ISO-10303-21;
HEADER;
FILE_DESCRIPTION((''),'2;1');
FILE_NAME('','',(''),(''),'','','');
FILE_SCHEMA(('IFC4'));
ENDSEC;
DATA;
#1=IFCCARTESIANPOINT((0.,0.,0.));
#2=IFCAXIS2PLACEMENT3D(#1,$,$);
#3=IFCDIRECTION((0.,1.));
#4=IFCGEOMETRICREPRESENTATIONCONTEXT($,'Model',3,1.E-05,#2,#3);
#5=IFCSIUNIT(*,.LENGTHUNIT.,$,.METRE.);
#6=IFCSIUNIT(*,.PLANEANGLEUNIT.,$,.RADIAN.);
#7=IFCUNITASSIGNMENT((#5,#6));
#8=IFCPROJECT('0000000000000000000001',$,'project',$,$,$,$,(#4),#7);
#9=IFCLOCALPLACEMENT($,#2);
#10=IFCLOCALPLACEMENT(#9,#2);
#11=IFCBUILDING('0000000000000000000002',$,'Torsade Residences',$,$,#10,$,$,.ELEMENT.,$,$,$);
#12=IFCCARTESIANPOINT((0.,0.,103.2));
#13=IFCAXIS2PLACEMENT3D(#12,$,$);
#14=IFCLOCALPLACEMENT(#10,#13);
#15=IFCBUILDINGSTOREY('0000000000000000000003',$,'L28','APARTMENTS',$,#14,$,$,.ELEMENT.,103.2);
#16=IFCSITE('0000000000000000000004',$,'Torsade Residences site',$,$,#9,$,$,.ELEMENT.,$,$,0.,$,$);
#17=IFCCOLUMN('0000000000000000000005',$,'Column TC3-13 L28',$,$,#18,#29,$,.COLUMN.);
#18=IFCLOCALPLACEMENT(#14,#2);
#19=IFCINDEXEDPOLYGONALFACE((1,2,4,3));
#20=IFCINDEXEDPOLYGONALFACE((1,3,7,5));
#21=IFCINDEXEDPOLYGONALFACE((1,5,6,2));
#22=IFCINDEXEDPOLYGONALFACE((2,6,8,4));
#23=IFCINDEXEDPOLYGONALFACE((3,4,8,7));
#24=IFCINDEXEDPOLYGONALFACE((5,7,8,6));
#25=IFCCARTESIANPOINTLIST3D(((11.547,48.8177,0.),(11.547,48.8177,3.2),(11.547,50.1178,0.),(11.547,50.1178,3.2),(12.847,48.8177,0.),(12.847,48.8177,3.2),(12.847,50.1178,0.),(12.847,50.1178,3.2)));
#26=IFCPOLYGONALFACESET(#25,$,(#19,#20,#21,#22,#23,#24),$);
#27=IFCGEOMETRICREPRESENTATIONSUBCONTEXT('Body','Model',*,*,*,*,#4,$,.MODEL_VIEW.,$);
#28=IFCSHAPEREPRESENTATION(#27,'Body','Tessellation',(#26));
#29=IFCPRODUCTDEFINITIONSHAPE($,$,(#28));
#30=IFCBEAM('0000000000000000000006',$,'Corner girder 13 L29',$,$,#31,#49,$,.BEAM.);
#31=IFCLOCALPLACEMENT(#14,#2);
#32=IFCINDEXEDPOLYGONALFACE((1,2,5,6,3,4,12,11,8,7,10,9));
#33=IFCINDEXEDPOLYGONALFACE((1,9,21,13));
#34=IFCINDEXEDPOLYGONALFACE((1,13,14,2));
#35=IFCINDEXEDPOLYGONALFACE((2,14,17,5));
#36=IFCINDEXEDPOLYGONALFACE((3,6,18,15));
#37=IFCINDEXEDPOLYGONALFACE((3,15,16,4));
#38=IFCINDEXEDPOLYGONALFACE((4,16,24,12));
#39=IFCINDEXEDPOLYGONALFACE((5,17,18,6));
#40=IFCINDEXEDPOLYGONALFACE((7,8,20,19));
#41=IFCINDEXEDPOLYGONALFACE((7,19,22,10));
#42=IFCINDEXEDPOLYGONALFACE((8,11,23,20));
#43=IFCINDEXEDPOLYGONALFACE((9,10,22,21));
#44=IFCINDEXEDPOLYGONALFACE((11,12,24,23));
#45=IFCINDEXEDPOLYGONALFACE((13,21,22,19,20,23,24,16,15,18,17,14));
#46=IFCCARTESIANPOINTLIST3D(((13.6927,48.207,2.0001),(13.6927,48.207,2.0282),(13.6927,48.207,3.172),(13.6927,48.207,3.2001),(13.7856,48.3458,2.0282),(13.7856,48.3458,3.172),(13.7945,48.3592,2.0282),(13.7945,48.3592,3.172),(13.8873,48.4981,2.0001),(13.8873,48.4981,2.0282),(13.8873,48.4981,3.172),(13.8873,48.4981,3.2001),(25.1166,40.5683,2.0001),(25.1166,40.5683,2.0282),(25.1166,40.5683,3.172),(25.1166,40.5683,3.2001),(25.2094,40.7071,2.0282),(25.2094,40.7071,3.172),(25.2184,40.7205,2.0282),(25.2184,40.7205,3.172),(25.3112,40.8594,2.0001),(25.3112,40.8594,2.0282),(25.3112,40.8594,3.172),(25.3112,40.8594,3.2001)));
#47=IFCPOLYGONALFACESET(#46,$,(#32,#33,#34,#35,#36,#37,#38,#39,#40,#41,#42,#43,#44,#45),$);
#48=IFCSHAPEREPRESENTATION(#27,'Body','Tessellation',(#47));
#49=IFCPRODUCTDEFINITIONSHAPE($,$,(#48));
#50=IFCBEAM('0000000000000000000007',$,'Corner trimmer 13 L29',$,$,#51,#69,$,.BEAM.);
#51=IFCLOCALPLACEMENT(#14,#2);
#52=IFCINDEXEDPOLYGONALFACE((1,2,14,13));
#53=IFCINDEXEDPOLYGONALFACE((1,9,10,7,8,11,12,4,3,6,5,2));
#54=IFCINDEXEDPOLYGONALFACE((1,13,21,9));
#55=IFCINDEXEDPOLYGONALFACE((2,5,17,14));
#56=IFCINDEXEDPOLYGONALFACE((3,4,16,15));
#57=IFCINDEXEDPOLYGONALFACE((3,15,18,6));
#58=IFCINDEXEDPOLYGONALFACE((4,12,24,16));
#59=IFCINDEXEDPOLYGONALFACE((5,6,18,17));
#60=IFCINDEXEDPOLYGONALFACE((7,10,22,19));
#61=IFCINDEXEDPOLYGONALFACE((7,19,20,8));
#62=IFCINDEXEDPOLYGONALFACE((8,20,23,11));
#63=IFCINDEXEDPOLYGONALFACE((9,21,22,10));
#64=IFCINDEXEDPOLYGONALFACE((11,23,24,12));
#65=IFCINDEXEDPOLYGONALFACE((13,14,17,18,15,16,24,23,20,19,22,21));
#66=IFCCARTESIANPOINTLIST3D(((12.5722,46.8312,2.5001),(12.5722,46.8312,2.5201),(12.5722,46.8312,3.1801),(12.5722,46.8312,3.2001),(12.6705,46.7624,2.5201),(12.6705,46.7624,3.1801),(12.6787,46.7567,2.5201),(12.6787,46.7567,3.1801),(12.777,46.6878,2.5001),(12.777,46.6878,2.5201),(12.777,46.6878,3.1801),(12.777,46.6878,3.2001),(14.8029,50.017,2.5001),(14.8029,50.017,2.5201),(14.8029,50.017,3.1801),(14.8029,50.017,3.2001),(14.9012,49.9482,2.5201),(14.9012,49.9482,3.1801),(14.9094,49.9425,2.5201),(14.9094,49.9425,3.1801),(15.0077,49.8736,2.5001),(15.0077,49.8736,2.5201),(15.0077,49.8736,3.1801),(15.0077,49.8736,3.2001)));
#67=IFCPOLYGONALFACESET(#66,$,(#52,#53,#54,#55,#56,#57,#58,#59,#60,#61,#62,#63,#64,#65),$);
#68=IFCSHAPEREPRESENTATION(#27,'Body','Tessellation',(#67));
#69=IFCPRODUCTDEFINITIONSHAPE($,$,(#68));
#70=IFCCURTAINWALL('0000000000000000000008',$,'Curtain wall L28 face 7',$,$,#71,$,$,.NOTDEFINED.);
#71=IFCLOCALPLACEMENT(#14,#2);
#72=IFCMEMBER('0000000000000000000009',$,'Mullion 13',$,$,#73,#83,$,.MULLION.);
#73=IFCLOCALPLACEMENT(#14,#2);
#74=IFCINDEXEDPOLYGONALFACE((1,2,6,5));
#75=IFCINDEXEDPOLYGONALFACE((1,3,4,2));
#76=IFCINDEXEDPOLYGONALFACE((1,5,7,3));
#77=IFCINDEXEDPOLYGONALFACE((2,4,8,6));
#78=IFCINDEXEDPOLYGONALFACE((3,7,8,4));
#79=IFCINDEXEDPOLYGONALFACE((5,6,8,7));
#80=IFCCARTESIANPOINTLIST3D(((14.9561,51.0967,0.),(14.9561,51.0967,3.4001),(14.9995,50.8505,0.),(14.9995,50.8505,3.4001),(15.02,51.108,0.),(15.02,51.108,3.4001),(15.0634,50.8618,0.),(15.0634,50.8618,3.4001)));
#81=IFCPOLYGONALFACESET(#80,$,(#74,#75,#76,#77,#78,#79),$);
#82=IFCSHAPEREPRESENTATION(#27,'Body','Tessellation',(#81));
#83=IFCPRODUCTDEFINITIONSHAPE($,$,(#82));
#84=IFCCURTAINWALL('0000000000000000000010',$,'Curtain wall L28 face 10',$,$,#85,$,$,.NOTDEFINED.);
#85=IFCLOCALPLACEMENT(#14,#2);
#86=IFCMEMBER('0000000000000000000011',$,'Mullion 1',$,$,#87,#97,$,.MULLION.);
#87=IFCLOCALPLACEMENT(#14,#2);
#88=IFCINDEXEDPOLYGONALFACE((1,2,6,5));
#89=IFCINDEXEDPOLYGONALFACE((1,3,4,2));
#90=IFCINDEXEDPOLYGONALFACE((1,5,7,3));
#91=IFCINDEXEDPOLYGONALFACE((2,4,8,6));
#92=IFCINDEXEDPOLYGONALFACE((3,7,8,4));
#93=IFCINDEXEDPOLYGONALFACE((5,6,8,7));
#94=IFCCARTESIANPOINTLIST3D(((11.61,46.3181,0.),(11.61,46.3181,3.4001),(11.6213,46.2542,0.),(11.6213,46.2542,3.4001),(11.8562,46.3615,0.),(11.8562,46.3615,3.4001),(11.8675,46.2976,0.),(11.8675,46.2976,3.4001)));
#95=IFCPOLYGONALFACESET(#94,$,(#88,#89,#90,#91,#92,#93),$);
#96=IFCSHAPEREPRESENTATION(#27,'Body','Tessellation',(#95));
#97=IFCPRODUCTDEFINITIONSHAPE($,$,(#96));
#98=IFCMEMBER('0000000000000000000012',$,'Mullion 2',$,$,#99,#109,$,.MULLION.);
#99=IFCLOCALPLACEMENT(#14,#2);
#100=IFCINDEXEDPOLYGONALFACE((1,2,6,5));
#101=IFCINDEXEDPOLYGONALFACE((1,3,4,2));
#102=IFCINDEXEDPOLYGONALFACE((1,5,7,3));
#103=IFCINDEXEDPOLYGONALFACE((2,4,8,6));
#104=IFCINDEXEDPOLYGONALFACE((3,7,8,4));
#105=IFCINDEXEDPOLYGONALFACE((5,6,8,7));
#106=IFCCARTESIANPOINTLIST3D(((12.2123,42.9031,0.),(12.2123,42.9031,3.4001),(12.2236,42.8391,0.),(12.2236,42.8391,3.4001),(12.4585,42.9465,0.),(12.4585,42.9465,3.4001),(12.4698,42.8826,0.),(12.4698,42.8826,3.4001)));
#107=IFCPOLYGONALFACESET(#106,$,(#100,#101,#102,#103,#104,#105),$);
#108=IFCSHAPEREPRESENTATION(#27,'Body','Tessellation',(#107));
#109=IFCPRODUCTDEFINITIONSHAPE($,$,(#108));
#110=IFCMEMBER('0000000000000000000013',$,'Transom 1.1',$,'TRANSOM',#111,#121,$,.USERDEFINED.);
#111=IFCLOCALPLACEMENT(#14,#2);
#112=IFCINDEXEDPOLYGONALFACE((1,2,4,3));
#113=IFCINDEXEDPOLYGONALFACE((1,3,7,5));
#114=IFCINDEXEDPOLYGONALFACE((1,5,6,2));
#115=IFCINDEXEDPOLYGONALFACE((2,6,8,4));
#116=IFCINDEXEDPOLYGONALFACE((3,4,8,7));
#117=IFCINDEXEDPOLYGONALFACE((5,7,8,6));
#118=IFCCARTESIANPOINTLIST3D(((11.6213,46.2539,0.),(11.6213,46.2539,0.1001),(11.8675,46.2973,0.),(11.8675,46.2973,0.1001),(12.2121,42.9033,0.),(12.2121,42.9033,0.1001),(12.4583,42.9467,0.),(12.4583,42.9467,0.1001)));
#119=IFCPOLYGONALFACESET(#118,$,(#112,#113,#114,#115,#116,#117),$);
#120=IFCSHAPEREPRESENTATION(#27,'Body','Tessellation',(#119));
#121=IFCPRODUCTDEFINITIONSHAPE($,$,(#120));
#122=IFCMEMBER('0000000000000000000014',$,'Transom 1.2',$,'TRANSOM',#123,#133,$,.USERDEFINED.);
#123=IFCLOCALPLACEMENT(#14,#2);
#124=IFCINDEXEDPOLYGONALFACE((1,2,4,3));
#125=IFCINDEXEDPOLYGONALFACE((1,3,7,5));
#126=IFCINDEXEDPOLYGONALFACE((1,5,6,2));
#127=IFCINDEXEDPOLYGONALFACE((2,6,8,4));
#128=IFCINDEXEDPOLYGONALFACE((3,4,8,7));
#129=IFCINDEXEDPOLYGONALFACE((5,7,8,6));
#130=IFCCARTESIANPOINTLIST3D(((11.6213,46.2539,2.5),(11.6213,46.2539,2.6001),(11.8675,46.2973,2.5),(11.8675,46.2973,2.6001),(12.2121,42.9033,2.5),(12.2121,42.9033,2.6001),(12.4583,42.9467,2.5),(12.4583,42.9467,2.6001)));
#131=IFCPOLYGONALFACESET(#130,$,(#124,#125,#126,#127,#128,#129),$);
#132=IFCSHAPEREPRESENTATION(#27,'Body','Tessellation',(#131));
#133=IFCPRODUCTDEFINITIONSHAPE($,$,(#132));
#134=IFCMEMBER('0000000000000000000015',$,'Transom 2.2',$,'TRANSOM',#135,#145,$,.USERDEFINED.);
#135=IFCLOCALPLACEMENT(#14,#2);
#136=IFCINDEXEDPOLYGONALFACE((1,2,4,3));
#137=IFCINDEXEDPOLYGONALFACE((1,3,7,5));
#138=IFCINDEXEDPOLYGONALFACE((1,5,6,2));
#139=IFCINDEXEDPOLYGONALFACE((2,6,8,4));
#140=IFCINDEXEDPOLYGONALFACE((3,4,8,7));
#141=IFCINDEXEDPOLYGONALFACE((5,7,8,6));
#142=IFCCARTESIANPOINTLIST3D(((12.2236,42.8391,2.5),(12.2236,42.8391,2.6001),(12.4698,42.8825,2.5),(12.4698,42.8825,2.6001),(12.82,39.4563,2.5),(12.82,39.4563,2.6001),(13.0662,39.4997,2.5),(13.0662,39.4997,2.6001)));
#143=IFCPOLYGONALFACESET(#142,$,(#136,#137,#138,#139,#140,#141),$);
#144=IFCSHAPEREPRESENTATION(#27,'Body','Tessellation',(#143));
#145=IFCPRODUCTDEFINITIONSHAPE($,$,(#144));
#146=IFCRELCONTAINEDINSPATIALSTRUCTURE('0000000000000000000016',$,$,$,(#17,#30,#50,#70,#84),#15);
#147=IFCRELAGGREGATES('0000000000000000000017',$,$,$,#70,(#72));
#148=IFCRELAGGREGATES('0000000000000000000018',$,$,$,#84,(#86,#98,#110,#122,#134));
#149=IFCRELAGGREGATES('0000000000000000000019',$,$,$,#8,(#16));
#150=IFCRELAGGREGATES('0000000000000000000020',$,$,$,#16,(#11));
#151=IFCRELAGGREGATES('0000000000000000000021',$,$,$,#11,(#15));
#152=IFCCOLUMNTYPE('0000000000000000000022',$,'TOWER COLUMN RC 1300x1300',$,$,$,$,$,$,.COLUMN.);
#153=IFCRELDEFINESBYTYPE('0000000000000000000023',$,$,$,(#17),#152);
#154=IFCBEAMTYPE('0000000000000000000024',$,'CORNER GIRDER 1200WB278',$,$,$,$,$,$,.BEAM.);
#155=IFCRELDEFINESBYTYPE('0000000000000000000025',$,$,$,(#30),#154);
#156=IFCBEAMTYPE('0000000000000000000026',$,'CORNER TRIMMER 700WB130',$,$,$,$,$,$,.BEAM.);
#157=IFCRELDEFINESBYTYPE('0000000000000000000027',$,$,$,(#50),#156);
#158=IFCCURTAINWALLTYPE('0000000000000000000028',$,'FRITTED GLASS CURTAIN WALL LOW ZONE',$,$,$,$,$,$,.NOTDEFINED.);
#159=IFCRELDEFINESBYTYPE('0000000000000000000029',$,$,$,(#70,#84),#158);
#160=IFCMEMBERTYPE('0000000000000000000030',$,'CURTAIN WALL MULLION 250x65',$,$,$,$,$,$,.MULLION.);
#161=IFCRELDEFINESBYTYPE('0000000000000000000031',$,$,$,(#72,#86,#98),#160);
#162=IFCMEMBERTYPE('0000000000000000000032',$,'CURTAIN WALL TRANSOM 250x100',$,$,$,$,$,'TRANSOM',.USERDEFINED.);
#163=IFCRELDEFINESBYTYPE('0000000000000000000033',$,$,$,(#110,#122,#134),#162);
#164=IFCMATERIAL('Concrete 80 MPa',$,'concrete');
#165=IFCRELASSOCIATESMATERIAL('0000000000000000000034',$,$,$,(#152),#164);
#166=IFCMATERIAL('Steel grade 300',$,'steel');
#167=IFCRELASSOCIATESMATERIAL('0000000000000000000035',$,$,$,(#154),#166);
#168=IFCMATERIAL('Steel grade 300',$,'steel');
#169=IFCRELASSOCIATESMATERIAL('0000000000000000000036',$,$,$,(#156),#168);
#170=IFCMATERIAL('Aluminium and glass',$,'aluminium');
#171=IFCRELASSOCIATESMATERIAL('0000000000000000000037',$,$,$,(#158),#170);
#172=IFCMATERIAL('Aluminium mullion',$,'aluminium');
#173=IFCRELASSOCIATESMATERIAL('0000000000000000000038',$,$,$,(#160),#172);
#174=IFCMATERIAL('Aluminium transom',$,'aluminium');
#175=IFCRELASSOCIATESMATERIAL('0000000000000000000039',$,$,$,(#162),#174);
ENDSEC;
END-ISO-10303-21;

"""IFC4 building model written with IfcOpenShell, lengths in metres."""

from ifc_helpers import new_model, si_unit, direction, frame, origin, origin_2d, place, context, subcontext, project, spatial, rectangle, i_section, extrude, material, material_profile, profile_set, type_object, element, aggregate, save


model = new_model("IFC4")

# Units and contexts
model_context = context("Model", 3, precision=1e-05, world=origin(), true_north=direction((0.0, 1.0)))
body_context = subcontext(model_context, "Body", "Model", "MODEL_VIEW")
ifc_project = project(units=[si_unit("LENGTHUNIT", "METRE"), si_unit("PLANEANGLEUNIT", "RADIAN")], contexts=[model_context])

# Site, building, storey
site_placement = place(None, origin())
site = spatial("IfcSite", under=ifc_project, at=site_placement, Name="Torsade Residences site", CompositionType="ELEMENT", RefElevation=0.0)
building_placement = place(site_placement, origin())
building = spatial("IfcBuilding", under=site, at=building_placement, Name="Torsade Residences", CompositionType="ELEMENT")
storey_placement = place(building_placement, frame((0.0, 0.0, 103.2)))
storey = spatial("IfcBuildingStorey", under=building, at=storey_placement, Name="L28", Description="APARTMENTS", CompositionType="ELEMENT", Elevation=103.2)

# Column
ifc_material_1 = material(Name="Concrete 80 MPa", Category="concrete")
ifc_material_profile_1 = material_profile(ifc_material_1, rectangle(XDim=1.3, YDim=1.3, at=origin_2d()), Name="RC 1300x1300")
ifc_profile_set_1 = profile_set([ifc_material_profile_1], Name="Concrete 80 MPa")
column_type = type_object("IfcColumnType", Name="TOWER COLUMN RC 1300x1300", PredefinedType="COLUMN", material=ifc_profile_set_1)
column_placement = place(storey_placement, frame((12.197, 49.4678, 0.0), z_axis=(0.0, 0.0, 1.0), x_axis=(1.0, 0.0, 0.0)))
element("IfcColumn", 1, at=column_placement, inside=storey, type_object=column_type, Name="Column TC3-13 L28", PredefinedType="COLUMN", context=body_context, shape_type="SweptSolid", body=[
    extrude(rectangle(XDim=1.3, YDim=1.3, at=origin_2d()), origin(), (0.0, 0.0, 1.0), 3.2),
])

# Beams
ifc_material_2 = material(Name="Steel grade 300", Category="steel")
ifc_material_profile_2 = material_profile(ifc_material_2, i_section(OverallWidth=0.3501, OverallDepth=1.2, WebThickness=0.0161, FlangeThickness=0.0281, at=origin_2d()), Name="1200WB278")
ifc_profile_set_2 = profile_set([ifc_material_profile_2], Name="Steel grade 300")
beam_type_1 = type_object("IfcBeamType", Name="CORNER GIRDER 1200WB278", PredefinedType="BEAM", material=ifc_profile_set_2)
beam_1_placement = place(storey_placement, frame((13.79, 48.3525, 2.6001), z_axis=(0.831284, -0.555848, 0.0), x_axis=(0.555848, 0.831284, 0.0)))
element("IfcBeam", 2, at=beam_1_placement, inside=storey, type_object=beam_type_1, Name="Corner girder 13 L29", PredefinedType="BEAM", context=body_context, shape_type="SweptSolid", body=[
    extrude(i_section(OverallWidth=0.3501, OverallDepth=1.2, WebThickness=0.0161, FlangeThickness=0.0281, at=origin_2d()), origin(), (0.0, 0.0, 1.0), 13.7424),
])
ifc_material_3 = material(Name="Steel grade 300", Category="steel")
ifc_material_profile_3 = material_profile(ifc_material_3, i_section(OverallWidth=0.25, OverallDepth=0.7, WebThickness=0.01, FlangeThickness=0.02, at=origin_2d()), Name="700WB130")
ifc_profile_set_3 = profile_set([ifc_material_profile_3], Name="Steel grade 300")
beam_type_2 = type_object("IfcBeamType", Name="CORNER TRIMMER 700WB130", PredefinedType="BEAM", material=ifc_profile_set_3)
beam_2_placement = place(storey_placement, frame((12.6746, 46.7595, 2.8501), z_axis=(0.573576, 0.819152, 0.0), x_axis=(-0.819152, 0.573576, 0.0)))
element("IfcBeam", 3, at=beam_2_placement, inside=storey, type_object=beam_type_2, Name="Corner trimmer 13 L29", PredefinedType="BEAM", context=body_context, shape_type="SweptSolid", body=[
    extrude(i_section(OverallWidth=0.25, OverallDepth=0.7, WebThickness=0.01, FlangeThickness=0.02, at=origin_2d()), origin(), (0.0, 0.0, 1.0), 3.8892),
])

# Curtain wall, member
ifc_material_4 = material(Name="Aluminium and glass", Category="aluminium")
curtain_wall_type = type_object("IfcCurtainWallType", Name="FRITTED GLASS CURTAIN WALL LOW ZONE", PredefinedType="NOTDEFINED", material=ifc_material_4)
curtain_wall_1_placement = place(storey_placement, origin())
curtain_wall_1 = element("IfcCurtainWall", 4, at=curtain_wall_1_placement, inside=storey, type_object=curtain_wall_type, Name="Curtain wall L28 face 7", PredefinedType="NOTDEFINED")
ifc_material_5 = material(Name="Aluminium mullion", Category="aluminium")
ifc_material_profile_4 = material_profile(ifc_material_5, rectangle(XDim=0.25, YDim=0.0649, at=origin_2d()), Name="CURTAIN WALL MULLION 250x65")
ifc_profile_set_4 = profile_set([ifc_material_profile_4], Name="Aluminium mullion")
member_type_1 = type_object("IfcMemberType", Name="CURTAIN WALL MULLION 250x65", PredefinedType="MULLION", material=ifc_profile_set_4)
member_1_placement = place(storey_placement, frame((15.0098, 50.9792, 0.0), z_axis=(0.0, 0.0, 1.0), x_axis=(0.173648, -0.984808, 0.0)))
member_1 = element("IfcMember", 5, at=member_1_placement, type_object=member_type_1, Name="Mullion 13", PredefinedType="MULLION", context=body_context, shape_type="SweptSolid", body=[
    extrude(rectangle(XDim=0.25, YDim=0.0649, at=origin_2d()), origin(), (0.0, 0.0, 1.0), 3.4001),
])
aggregate(curtain_wall_1, [member_1])

# Curtain wall, members
curtain_wall_2_placement = place(storey_placement, origin())
curtain_wall_2 = element("IfcCurtainWall", 6, at=curtain_wall_2_placement, inside=storey, type_object=curtain_wall_type, Name="Curtain wall L28 face 10", PredefinedType="NOTDEFINED")
member_2_placement = place(storey_placement, frame((11.7388, 46.3079, 0.0), z_axis=(0.0, 0.0, 1.0), x_axis=(0.984808, 0.173648, 0.0)))
member_2 = element("IfcMember", 7, at=member_2_placement, type_object=member_type_1, Name="Mullion 1", PredefinedType="MULLION", context=body_context, shape_type="SweptSolid", body=[
    extrude(rectangle(XDim=0.25, YDim=0.0649, at=origin_2d()), origin(), (0.0, 0.0, 1.0), 3.4001),
])
member_3_placement = place(storey_placement, frame((12.3411, 42.8928, 0.0), z_axis=(0.0, 0.0, 1.0), x_axis=(0.984808, 0.173648, 0.0)))
member_3 = element("IfcMember", 8, at=member_3_placement, type_object=member_type_1, Name="Mullion 2", PredefinedType="MULLION", context=body_context, shape_type="SweptSolid", body=[
    extrude(rectangle(XDim=0.25, YDim=0.0649, at=origin_2d()), origin(), (0.0, 0.0, 1.0), 3.4001),
])
ifc_material_6 = material(Name="Aluminium transom", Category="aluminium")
ifc_material_profile_5 = material_profile(ifc_material_6, rectangle(XDim=0.25, YDim=0.1001, at=origin_2d()), Name="CURTAIN WALL TRANSOM 250x100")
ifc_profile_set_5 = profile_set([ifc_material_profile_5], Name="Aluminium transom")
member_type_2 = type_object("IfcMemberType", Name="CURTAIN WALL TRANSOM 250x100", ElementType="TRANSOM", PredefinedType="USERDEFINED", material=ifc_profile_set_5)
member_4_placement = place(storey_placement, frame((11.7444, 46.2756, 0.05), z_axis=(0.173654, -0.984807, 0.0), x_axis=(0.984807, 0.173654, 0.0)))
member_4 = element("IfcMember", 9, at=member_4_placement, type_object=member_type_2, Name="Transom 1.1", ObjectType="TRANSOM", PredefinedType="USERDEFINED", context=body_context, shape_type="SweptSolid", body=[
    extrude(rectangle(XDim=0.25, YDim=0.1001, at=origin_2d()), origin(), (0.0, 0.0, 1.0), 3.4023),
])
member_5_placement = place(storey_placement, frame((11.7444, 46.2756, 2.55), z_axis=(0.173654, -0.984807, 0.0), x_axis=(0.984807, 0.173654, 0.0)))
member_5 = element("IfcMember", 10, at=member_5_placement, type_object=member_type_2, Name="Transom 1.2", ObjectType="TRANSOM", PredefinedType="USERDEFINED", context=body_context, shape_type="SweptSolid", body=[
    extrude(rectangle(XDim=0.25, YDim=0.1001, at=origin_2d()), origin(), (0.0, 0.0, 1.0), 3.4023),
])
member_6_placement = place(storey_placement, frame((12.3467, 42.8608, 2.55), z_axis=(0.173635, -0.98481, 0.0), x_axis=(0.98481, 0.173635, 0.0)))
member_6 = element("IfcMember", 11, at=member_6_placement, type_object=member_type_2, Name="Transom 2.2", ObjectType="TRANSOM", PredefinedType="USERDEFINED", context=body_context, shape_type="SweptSolid", body=[
    extrude(rectangle(XDim=0.25, YDim=0.1001, at=origin_2d()), origin(), (0.0, 0.0, 1.0), 3.4351),
])

aggregate(curtain_wall_2, [member_2, member_3, member_4, member_5, member_6])

save(model, "model.ifc")
